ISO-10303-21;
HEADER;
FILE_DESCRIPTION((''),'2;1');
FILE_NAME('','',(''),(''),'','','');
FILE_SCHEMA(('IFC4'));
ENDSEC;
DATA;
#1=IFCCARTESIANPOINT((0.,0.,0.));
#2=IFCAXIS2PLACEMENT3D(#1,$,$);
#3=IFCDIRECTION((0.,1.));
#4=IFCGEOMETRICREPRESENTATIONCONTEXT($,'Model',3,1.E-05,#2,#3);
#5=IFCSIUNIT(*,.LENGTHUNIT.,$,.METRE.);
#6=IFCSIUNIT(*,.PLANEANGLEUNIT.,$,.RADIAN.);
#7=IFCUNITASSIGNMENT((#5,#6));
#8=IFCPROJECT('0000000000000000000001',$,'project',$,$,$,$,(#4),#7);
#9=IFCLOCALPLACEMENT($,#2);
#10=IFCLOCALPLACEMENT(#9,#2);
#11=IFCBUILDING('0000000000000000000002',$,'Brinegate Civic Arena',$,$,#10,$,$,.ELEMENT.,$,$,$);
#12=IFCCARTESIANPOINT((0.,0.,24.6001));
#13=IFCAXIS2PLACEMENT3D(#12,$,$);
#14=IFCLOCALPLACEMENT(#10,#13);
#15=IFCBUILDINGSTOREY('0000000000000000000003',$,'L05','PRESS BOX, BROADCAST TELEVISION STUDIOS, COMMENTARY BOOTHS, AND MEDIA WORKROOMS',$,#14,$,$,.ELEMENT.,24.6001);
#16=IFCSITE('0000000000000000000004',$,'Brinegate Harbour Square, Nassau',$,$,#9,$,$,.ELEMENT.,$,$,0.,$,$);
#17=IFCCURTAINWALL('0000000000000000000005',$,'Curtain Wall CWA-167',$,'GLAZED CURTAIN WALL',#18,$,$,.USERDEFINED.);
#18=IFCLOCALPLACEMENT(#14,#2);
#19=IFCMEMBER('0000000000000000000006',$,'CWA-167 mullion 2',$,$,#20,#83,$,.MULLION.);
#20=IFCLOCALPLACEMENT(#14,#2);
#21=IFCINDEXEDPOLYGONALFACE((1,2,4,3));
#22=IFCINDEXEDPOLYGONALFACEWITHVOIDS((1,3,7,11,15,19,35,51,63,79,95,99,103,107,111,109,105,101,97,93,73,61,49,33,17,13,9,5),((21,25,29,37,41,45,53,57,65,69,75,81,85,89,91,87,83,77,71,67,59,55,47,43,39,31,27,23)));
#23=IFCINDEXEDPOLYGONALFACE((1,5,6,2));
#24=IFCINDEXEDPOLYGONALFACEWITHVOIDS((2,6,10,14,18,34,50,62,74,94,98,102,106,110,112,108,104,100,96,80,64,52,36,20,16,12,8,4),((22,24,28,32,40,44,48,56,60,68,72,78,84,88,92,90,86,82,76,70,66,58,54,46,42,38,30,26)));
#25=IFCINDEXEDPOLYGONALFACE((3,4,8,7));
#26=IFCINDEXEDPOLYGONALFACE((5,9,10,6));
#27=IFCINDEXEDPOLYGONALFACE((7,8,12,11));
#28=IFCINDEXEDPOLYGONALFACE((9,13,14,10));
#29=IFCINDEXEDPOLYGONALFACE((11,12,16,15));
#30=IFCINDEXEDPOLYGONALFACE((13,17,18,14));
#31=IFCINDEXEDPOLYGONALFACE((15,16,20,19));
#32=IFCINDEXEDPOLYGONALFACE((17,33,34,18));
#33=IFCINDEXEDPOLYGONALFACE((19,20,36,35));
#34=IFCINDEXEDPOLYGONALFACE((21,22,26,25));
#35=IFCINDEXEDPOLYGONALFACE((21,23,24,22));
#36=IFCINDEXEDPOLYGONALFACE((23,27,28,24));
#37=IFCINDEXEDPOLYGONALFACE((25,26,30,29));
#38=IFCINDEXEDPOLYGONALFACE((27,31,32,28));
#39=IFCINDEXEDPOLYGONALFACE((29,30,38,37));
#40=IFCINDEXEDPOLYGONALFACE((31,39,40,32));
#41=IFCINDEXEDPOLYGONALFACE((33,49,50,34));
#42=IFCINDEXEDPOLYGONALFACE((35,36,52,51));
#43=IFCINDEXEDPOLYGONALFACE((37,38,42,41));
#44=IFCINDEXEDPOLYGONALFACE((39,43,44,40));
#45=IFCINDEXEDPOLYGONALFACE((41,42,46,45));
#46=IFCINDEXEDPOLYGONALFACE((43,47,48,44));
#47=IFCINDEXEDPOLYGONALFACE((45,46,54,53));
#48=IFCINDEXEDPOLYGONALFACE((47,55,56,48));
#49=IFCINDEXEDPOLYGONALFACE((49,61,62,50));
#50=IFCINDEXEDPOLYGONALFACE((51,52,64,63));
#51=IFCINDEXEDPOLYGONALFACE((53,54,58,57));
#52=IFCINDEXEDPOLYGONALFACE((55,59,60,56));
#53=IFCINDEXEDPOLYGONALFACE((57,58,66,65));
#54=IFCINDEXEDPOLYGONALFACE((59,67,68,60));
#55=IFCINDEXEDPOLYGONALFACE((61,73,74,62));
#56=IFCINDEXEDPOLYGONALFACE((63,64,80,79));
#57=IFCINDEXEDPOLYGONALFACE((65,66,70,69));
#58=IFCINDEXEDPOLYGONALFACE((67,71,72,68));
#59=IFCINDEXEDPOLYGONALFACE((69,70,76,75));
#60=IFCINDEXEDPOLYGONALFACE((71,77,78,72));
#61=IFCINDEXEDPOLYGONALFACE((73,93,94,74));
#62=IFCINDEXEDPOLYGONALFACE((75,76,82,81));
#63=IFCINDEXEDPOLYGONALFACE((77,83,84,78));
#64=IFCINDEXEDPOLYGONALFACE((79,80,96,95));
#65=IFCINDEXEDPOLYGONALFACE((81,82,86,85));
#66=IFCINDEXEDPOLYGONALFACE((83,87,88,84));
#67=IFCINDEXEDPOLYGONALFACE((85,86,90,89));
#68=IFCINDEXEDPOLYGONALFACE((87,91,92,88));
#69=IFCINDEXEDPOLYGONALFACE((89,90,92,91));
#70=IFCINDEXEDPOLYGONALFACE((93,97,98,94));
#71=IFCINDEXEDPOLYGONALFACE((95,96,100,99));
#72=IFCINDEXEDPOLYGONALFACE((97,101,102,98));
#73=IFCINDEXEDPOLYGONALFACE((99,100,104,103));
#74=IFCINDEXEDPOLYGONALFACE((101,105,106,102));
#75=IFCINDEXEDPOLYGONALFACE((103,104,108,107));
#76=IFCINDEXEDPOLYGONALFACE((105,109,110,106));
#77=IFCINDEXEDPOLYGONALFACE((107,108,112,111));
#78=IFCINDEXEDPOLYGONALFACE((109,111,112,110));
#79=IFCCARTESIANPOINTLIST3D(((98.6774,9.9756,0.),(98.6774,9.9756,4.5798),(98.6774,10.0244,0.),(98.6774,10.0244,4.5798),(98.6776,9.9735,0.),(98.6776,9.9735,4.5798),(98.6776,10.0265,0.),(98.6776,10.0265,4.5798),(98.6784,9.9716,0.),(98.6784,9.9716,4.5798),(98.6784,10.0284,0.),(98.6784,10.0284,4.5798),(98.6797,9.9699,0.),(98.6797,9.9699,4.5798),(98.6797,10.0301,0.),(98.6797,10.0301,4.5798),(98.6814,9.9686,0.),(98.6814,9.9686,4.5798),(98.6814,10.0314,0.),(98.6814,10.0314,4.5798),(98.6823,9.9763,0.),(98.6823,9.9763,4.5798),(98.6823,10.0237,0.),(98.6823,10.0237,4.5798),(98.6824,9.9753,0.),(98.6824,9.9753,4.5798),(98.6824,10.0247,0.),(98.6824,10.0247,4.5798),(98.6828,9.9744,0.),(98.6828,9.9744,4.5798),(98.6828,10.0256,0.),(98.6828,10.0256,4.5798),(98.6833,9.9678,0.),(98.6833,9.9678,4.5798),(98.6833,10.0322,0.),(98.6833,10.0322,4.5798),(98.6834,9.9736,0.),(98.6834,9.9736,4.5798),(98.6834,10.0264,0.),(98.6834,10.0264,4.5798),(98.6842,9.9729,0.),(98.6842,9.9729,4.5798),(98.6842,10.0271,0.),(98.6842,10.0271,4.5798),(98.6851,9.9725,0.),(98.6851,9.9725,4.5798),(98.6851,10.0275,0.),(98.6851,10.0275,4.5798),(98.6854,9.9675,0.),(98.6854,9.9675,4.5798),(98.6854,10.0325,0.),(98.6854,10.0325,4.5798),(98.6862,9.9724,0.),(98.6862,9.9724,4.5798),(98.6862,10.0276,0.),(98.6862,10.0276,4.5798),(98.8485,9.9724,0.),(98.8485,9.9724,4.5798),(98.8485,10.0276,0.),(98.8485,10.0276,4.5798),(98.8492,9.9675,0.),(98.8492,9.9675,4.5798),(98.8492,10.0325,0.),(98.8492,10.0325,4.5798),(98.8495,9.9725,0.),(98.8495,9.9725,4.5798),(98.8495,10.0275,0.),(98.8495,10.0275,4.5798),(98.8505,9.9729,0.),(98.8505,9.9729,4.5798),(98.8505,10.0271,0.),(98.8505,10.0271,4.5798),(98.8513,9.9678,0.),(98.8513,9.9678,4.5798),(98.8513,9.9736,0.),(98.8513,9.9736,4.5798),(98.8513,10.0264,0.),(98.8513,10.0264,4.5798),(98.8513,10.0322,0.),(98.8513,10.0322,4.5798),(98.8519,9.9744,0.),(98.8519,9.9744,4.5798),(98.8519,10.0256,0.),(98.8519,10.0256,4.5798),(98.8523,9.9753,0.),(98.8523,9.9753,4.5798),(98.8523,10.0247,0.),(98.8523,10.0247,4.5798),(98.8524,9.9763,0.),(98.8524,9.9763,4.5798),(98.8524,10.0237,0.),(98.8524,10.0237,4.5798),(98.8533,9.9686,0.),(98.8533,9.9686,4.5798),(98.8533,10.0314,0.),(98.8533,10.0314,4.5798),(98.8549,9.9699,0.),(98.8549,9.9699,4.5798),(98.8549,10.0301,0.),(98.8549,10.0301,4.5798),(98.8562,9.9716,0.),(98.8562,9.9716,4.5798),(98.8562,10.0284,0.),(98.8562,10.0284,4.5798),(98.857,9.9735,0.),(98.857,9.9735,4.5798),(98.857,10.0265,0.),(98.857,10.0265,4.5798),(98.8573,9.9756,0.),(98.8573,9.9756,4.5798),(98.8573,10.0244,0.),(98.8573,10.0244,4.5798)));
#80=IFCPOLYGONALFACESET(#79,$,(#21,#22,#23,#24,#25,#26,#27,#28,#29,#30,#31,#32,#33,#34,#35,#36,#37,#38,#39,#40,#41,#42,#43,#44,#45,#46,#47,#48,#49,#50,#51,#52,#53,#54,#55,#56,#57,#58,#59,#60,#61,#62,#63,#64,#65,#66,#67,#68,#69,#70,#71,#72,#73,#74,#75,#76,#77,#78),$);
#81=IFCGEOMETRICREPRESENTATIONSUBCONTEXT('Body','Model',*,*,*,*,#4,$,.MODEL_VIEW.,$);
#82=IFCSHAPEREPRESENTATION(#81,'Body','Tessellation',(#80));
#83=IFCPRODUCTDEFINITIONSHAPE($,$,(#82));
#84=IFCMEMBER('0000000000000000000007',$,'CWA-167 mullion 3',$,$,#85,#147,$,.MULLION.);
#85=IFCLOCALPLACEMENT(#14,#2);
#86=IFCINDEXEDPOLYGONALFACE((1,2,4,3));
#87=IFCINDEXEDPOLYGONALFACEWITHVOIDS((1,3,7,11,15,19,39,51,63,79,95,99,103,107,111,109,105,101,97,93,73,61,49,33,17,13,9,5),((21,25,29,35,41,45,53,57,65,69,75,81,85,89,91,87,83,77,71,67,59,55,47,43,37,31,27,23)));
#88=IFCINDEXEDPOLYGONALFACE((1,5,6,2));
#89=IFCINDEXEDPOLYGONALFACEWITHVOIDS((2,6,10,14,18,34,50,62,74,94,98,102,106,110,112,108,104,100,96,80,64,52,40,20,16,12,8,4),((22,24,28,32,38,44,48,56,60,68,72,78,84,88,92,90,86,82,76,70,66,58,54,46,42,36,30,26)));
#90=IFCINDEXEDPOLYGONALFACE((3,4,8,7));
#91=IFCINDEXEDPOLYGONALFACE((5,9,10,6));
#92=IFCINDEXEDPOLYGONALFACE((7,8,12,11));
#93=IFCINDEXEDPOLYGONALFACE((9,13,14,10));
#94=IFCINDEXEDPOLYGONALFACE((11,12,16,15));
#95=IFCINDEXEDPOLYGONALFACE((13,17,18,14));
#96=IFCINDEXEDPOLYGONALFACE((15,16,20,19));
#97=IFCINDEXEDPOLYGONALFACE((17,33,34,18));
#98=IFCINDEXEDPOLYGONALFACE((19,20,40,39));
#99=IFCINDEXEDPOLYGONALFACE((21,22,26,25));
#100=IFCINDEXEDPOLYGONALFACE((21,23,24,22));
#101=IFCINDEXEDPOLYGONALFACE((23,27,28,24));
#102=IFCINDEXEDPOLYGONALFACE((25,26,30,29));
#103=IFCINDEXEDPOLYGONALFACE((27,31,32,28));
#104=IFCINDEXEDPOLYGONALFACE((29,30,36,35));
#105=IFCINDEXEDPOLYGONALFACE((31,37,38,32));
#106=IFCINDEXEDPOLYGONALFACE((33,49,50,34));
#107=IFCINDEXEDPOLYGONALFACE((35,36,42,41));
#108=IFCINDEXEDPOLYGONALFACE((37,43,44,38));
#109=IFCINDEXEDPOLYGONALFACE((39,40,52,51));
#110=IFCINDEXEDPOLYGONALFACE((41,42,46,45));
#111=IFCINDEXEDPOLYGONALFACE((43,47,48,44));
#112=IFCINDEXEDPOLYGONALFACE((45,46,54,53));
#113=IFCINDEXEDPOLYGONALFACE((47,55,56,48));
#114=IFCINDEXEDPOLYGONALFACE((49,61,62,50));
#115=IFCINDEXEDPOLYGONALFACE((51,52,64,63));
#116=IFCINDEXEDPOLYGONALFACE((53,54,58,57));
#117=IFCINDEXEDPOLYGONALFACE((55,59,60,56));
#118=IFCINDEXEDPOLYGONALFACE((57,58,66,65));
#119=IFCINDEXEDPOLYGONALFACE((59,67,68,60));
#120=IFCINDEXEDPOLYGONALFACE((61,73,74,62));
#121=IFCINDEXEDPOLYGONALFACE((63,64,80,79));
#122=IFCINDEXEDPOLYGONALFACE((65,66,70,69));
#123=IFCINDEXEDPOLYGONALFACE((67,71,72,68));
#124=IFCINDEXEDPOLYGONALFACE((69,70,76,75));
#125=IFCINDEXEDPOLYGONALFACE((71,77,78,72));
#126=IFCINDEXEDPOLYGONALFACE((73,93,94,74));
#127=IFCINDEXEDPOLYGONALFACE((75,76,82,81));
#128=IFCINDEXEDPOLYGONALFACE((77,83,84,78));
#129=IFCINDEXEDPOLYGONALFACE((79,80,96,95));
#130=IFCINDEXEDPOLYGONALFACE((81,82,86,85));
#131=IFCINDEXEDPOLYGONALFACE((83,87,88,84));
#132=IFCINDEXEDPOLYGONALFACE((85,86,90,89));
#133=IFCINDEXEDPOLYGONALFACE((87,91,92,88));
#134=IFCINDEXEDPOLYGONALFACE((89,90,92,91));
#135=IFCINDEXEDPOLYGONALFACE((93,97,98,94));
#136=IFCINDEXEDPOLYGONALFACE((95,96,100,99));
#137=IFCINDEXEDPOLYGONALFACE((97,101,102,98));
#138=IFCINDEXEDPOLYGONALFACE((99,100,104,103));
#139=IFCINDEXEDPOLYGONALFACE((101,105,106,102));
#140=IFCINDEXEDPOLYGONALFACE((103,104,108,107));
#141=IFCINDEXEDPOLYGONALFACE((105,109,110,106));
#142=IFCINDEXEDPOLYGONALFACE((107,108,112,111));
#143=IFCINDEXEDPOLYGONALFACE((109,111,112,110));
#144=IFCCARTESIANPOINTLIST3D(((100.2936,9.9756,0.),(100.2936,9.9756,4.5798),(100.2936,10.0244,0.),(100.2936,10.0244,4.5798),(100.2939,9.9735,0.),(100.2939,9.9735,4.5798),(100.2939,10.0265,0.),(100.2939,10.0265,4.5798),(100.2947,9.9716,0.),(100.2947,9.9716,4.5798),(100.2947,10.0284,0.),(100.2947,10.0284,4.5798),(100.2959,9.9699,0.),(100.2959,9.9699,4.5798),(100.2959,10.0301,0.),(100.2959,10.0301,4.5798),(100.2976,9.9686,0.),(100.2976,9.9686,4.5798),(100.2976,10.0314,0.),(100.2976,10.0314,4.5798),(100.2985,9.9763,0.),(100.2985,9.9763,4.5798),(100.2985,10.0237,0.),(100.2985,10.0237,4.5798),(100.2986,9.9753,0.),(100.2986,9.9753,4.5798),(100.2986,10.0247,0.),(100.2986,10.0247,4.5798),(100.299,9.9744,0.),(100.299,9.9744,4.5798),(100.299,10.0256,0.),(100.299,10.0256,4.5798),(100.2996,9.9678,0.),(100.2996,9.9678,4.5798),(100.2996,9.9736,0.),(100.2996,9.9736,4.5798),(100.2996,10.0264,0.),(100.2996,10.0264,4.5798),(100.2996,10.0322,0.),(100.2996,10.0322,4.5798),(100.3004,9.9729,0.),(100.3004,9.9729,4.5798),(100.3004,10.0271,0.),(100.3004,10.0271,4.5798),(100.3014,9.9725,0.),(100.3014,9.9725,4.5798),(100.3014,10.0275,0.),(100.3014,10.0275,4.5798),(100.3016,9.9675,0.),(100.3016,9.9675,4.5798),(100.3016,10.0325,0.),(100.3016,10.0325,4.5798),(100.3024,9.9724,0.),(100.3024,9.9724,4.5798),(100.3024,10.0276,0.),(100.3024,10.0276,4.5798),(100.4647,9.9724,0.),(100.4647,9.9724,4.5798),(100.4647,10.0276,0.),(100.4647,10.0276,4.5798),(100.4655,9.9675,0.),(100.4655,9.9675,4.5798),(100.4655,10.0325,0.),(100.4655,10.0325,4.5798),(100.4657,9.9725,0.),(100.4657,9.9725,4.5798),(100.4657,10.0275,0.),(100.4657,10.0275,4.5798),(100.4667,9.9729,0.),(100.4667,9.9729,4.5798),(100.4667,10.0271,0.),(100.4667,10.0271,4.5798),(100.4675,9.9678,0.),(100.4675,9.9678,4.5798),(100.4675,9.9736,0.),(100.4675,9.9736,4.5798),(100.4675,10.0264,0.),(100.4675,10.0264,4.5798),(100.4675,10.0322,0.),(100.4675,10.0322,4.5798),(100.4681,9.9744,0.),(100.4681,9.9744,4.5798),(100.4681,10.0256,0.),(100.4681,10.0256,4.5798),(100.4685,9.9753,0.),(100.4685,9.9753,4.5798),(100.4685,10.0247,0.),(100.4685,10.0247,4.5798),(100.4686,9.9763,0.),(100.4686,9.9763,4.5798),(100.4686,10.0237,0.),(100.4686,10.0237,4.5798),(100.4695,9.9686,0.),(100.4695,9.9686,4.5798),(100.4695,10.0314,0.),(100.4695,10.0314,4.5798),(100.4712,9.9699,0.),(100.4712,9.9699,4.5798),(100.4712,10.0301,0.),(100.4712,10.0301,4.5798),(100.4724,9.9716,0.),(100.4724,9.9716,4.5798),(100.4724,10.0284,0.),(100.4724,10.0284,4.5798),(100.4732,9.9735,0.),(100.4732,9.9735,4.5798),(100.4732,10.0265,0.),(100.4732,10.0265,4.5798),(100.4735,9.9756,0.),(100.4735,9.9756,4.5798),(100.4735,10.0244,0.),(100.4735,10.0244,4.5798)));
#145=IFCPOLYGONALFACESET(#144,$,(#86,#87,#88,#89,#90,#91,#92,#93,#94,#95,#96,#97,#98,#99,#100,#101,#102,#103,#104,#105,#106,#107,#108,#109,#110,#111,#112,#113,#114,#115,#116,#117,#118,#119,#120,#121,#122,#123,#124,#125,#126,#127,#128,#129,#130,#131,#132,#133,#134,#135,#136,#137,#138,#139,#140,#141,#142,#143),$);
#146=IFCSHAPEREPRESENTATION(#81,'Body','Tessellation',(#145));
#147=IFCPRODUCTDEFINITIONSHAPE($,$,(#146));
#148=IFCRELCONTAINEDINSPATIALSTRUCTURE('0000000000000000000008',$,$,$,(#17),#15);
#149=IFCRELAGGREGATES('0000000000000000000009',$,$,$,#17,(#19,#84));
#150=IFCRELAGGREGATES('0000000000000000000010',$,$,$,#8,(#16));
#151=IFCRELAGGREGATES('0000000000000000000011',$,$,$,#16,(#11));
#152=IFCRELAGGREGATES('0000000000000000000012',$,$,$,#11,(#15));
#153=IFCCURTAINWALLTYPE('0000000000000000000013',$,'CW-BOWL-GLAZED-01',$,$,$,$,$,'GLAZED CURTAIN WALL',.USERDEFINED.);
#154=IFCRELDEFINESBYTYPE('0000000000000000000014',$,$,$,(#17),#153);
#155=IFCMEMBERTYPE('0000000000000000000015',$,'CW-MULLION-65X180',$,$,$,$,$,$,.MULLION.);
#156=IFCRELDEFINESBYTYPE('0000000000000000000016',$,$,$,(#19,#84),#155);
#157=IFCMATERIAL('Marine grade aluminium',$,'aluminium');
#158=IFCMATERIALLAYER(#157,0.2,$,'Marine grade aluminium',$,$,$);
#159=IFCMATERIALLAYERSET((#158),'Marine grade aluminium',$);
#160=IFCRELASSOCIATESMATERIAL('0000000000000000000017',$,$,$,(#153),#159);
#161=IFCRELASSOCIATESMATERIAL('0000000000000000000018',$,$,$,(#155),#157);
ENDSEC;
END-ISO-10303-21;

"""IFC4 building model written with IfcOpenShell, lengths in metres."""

from ifc_helpers import new_model, si_unit, direction, frame, origin, origin_2d, place, context, subcontext, project, spatial, hollow_rectangle, extrude, material, layer, layer_set, material_profile, profile_set, type_object, element, aggregate, save


model = new_model("IFC4")

# Units and contexts
model_context = context("Model", 3, precision=1e-05, world=origin(), true_north=direction((0.0, 1.0)))
body_context = subcontext(model_context, "Body", "Model", "MODEL_VIEW")
ifc_project = project(units=[si_unit("LENGTHUNIT", "METRE"), si_unit("PLANEANGLEUNIT", "RADIAN")], contexts=[model_context])

# Site, building, storey
site_placement = place(None, origin())
site = spatial("IfcSite", under=ifc_project, at=site_placement, Name="Brinegate Harbour Square, Nassau", CompositionType="ELEMENT", RefElevation=0.0)
building_placement = place(site_placement, origin())
building = spatial("IfcBuilding", under=site, at=building_placement, Name="Brinegate Civic Arena", CompositionType="ELEMENT")
storey_placement = place(building_placement, frame((0.0, 0.0, 24.6001)))
storey = spatial("IfcBuildingStorey", under=building, at=storey_placement, Name="L05", Description="PRESS BOX, BROADCAST TELEVISION STUDIOS, COMMENTARY BOOTHS, AND MEDIA WORKROOMS", CompositionType="ELEMENT", Elevation=24.6001)

# Curtain wall, members
ifc_material_1 = material(Name="Marine grade aluminium", Category="aluminium")
ifc_layer_1 = layer(ifc_material_1, 0.2, Name="Marine grade aluminium")
ifc_layer_set_1 = layer_set([ifc_layer_1], Name="Marine grade aluminium")
curtain_wall_type = type_object("IfcCurtainWallType", Name="CW-BOWL-GLAZED-01", ElementType="GLAZED CURTAIN WALL", PredefinedType="USERDEFINED", material=ifc_layer_set_1)
curtain_wall_placement = place(storey_placement, origin())
curtain_wall = element("IfcCurtainWall", 1, at=curtain_wall_placement, inside=storey, type_object=curtain_wall_type, Name="Curtain Wall CWA-167", ObjectType="GLAZED CURTAIN WALL", PredefinedType="USERDEFINED")
ifc_material_profile_1 = material_profile(ifc_material_1, hollow_rectangle(XDim=0.0649, YDim=0.1799, WallThickness=0.0049, InnerFilletRadius=0.0039, OuterFilletRadius=0.0081, at=origin_2d()), Name="MUL65X180")
ifc_profile_set_1 = profile_set([ifc_material_profile_1], Name="Marine grade aluminium")
member_type_1 = type_object("IfcMemberType", Name="CW-MULLION-65X180", PredefinedType="MULLION", material=ifc_profile_set_1)
member_1_placement = place(storey_placement, frame((98.7673, 10.0, 0.0), z_axis=(0.0, 0.0, 1.0), x_axis=(0.0, 1.0, 0.0)))
member_1 = element("IfcMember", 2, at=member_1_placement, type_object=member_type_1, Name="CWA-167 mullion 2", PredefinedType="MULLION", context=body_context, shape_type="SweptSolid", body=[
    extrude(hollow_rectangle(XDim=0.0649, YDim=0.1799, WallThickness=0.0049, InnerFilletRadius=0.0039, OuterFilletRadius=0.0081, at=origin_2d()), origin(), (0.0, 0.0, 1.0), 4.5798),
])
member_2_placement = place(storey_placement, frame((100.3835, 10.0, 0.0), z_axis=(0.0, 0.0, 1.0), x_axis=(0.0, 1.0, 0.0)))
member_2 = element("IfcMember", 3, at=member_2_placement, type_object=member_type_1, Name="CWA-167 mullion 3", PredefinedType="MULLION", context=body_context, shape_type="SweptSolid", body=[
    extrude(hollow_rectangle(XDim=0.0649, YDim=0.1799, WallThickness=0.0049, InnerFilletRadius=0.0039, OuterFilletRadius=0.0081, at=origin_2d()), origin(), (0.0, 0.0, 1.0), 4.5798),
])
aggregate(curtain_wall, [member_1, member_2])

save(model, "model.ifc")
